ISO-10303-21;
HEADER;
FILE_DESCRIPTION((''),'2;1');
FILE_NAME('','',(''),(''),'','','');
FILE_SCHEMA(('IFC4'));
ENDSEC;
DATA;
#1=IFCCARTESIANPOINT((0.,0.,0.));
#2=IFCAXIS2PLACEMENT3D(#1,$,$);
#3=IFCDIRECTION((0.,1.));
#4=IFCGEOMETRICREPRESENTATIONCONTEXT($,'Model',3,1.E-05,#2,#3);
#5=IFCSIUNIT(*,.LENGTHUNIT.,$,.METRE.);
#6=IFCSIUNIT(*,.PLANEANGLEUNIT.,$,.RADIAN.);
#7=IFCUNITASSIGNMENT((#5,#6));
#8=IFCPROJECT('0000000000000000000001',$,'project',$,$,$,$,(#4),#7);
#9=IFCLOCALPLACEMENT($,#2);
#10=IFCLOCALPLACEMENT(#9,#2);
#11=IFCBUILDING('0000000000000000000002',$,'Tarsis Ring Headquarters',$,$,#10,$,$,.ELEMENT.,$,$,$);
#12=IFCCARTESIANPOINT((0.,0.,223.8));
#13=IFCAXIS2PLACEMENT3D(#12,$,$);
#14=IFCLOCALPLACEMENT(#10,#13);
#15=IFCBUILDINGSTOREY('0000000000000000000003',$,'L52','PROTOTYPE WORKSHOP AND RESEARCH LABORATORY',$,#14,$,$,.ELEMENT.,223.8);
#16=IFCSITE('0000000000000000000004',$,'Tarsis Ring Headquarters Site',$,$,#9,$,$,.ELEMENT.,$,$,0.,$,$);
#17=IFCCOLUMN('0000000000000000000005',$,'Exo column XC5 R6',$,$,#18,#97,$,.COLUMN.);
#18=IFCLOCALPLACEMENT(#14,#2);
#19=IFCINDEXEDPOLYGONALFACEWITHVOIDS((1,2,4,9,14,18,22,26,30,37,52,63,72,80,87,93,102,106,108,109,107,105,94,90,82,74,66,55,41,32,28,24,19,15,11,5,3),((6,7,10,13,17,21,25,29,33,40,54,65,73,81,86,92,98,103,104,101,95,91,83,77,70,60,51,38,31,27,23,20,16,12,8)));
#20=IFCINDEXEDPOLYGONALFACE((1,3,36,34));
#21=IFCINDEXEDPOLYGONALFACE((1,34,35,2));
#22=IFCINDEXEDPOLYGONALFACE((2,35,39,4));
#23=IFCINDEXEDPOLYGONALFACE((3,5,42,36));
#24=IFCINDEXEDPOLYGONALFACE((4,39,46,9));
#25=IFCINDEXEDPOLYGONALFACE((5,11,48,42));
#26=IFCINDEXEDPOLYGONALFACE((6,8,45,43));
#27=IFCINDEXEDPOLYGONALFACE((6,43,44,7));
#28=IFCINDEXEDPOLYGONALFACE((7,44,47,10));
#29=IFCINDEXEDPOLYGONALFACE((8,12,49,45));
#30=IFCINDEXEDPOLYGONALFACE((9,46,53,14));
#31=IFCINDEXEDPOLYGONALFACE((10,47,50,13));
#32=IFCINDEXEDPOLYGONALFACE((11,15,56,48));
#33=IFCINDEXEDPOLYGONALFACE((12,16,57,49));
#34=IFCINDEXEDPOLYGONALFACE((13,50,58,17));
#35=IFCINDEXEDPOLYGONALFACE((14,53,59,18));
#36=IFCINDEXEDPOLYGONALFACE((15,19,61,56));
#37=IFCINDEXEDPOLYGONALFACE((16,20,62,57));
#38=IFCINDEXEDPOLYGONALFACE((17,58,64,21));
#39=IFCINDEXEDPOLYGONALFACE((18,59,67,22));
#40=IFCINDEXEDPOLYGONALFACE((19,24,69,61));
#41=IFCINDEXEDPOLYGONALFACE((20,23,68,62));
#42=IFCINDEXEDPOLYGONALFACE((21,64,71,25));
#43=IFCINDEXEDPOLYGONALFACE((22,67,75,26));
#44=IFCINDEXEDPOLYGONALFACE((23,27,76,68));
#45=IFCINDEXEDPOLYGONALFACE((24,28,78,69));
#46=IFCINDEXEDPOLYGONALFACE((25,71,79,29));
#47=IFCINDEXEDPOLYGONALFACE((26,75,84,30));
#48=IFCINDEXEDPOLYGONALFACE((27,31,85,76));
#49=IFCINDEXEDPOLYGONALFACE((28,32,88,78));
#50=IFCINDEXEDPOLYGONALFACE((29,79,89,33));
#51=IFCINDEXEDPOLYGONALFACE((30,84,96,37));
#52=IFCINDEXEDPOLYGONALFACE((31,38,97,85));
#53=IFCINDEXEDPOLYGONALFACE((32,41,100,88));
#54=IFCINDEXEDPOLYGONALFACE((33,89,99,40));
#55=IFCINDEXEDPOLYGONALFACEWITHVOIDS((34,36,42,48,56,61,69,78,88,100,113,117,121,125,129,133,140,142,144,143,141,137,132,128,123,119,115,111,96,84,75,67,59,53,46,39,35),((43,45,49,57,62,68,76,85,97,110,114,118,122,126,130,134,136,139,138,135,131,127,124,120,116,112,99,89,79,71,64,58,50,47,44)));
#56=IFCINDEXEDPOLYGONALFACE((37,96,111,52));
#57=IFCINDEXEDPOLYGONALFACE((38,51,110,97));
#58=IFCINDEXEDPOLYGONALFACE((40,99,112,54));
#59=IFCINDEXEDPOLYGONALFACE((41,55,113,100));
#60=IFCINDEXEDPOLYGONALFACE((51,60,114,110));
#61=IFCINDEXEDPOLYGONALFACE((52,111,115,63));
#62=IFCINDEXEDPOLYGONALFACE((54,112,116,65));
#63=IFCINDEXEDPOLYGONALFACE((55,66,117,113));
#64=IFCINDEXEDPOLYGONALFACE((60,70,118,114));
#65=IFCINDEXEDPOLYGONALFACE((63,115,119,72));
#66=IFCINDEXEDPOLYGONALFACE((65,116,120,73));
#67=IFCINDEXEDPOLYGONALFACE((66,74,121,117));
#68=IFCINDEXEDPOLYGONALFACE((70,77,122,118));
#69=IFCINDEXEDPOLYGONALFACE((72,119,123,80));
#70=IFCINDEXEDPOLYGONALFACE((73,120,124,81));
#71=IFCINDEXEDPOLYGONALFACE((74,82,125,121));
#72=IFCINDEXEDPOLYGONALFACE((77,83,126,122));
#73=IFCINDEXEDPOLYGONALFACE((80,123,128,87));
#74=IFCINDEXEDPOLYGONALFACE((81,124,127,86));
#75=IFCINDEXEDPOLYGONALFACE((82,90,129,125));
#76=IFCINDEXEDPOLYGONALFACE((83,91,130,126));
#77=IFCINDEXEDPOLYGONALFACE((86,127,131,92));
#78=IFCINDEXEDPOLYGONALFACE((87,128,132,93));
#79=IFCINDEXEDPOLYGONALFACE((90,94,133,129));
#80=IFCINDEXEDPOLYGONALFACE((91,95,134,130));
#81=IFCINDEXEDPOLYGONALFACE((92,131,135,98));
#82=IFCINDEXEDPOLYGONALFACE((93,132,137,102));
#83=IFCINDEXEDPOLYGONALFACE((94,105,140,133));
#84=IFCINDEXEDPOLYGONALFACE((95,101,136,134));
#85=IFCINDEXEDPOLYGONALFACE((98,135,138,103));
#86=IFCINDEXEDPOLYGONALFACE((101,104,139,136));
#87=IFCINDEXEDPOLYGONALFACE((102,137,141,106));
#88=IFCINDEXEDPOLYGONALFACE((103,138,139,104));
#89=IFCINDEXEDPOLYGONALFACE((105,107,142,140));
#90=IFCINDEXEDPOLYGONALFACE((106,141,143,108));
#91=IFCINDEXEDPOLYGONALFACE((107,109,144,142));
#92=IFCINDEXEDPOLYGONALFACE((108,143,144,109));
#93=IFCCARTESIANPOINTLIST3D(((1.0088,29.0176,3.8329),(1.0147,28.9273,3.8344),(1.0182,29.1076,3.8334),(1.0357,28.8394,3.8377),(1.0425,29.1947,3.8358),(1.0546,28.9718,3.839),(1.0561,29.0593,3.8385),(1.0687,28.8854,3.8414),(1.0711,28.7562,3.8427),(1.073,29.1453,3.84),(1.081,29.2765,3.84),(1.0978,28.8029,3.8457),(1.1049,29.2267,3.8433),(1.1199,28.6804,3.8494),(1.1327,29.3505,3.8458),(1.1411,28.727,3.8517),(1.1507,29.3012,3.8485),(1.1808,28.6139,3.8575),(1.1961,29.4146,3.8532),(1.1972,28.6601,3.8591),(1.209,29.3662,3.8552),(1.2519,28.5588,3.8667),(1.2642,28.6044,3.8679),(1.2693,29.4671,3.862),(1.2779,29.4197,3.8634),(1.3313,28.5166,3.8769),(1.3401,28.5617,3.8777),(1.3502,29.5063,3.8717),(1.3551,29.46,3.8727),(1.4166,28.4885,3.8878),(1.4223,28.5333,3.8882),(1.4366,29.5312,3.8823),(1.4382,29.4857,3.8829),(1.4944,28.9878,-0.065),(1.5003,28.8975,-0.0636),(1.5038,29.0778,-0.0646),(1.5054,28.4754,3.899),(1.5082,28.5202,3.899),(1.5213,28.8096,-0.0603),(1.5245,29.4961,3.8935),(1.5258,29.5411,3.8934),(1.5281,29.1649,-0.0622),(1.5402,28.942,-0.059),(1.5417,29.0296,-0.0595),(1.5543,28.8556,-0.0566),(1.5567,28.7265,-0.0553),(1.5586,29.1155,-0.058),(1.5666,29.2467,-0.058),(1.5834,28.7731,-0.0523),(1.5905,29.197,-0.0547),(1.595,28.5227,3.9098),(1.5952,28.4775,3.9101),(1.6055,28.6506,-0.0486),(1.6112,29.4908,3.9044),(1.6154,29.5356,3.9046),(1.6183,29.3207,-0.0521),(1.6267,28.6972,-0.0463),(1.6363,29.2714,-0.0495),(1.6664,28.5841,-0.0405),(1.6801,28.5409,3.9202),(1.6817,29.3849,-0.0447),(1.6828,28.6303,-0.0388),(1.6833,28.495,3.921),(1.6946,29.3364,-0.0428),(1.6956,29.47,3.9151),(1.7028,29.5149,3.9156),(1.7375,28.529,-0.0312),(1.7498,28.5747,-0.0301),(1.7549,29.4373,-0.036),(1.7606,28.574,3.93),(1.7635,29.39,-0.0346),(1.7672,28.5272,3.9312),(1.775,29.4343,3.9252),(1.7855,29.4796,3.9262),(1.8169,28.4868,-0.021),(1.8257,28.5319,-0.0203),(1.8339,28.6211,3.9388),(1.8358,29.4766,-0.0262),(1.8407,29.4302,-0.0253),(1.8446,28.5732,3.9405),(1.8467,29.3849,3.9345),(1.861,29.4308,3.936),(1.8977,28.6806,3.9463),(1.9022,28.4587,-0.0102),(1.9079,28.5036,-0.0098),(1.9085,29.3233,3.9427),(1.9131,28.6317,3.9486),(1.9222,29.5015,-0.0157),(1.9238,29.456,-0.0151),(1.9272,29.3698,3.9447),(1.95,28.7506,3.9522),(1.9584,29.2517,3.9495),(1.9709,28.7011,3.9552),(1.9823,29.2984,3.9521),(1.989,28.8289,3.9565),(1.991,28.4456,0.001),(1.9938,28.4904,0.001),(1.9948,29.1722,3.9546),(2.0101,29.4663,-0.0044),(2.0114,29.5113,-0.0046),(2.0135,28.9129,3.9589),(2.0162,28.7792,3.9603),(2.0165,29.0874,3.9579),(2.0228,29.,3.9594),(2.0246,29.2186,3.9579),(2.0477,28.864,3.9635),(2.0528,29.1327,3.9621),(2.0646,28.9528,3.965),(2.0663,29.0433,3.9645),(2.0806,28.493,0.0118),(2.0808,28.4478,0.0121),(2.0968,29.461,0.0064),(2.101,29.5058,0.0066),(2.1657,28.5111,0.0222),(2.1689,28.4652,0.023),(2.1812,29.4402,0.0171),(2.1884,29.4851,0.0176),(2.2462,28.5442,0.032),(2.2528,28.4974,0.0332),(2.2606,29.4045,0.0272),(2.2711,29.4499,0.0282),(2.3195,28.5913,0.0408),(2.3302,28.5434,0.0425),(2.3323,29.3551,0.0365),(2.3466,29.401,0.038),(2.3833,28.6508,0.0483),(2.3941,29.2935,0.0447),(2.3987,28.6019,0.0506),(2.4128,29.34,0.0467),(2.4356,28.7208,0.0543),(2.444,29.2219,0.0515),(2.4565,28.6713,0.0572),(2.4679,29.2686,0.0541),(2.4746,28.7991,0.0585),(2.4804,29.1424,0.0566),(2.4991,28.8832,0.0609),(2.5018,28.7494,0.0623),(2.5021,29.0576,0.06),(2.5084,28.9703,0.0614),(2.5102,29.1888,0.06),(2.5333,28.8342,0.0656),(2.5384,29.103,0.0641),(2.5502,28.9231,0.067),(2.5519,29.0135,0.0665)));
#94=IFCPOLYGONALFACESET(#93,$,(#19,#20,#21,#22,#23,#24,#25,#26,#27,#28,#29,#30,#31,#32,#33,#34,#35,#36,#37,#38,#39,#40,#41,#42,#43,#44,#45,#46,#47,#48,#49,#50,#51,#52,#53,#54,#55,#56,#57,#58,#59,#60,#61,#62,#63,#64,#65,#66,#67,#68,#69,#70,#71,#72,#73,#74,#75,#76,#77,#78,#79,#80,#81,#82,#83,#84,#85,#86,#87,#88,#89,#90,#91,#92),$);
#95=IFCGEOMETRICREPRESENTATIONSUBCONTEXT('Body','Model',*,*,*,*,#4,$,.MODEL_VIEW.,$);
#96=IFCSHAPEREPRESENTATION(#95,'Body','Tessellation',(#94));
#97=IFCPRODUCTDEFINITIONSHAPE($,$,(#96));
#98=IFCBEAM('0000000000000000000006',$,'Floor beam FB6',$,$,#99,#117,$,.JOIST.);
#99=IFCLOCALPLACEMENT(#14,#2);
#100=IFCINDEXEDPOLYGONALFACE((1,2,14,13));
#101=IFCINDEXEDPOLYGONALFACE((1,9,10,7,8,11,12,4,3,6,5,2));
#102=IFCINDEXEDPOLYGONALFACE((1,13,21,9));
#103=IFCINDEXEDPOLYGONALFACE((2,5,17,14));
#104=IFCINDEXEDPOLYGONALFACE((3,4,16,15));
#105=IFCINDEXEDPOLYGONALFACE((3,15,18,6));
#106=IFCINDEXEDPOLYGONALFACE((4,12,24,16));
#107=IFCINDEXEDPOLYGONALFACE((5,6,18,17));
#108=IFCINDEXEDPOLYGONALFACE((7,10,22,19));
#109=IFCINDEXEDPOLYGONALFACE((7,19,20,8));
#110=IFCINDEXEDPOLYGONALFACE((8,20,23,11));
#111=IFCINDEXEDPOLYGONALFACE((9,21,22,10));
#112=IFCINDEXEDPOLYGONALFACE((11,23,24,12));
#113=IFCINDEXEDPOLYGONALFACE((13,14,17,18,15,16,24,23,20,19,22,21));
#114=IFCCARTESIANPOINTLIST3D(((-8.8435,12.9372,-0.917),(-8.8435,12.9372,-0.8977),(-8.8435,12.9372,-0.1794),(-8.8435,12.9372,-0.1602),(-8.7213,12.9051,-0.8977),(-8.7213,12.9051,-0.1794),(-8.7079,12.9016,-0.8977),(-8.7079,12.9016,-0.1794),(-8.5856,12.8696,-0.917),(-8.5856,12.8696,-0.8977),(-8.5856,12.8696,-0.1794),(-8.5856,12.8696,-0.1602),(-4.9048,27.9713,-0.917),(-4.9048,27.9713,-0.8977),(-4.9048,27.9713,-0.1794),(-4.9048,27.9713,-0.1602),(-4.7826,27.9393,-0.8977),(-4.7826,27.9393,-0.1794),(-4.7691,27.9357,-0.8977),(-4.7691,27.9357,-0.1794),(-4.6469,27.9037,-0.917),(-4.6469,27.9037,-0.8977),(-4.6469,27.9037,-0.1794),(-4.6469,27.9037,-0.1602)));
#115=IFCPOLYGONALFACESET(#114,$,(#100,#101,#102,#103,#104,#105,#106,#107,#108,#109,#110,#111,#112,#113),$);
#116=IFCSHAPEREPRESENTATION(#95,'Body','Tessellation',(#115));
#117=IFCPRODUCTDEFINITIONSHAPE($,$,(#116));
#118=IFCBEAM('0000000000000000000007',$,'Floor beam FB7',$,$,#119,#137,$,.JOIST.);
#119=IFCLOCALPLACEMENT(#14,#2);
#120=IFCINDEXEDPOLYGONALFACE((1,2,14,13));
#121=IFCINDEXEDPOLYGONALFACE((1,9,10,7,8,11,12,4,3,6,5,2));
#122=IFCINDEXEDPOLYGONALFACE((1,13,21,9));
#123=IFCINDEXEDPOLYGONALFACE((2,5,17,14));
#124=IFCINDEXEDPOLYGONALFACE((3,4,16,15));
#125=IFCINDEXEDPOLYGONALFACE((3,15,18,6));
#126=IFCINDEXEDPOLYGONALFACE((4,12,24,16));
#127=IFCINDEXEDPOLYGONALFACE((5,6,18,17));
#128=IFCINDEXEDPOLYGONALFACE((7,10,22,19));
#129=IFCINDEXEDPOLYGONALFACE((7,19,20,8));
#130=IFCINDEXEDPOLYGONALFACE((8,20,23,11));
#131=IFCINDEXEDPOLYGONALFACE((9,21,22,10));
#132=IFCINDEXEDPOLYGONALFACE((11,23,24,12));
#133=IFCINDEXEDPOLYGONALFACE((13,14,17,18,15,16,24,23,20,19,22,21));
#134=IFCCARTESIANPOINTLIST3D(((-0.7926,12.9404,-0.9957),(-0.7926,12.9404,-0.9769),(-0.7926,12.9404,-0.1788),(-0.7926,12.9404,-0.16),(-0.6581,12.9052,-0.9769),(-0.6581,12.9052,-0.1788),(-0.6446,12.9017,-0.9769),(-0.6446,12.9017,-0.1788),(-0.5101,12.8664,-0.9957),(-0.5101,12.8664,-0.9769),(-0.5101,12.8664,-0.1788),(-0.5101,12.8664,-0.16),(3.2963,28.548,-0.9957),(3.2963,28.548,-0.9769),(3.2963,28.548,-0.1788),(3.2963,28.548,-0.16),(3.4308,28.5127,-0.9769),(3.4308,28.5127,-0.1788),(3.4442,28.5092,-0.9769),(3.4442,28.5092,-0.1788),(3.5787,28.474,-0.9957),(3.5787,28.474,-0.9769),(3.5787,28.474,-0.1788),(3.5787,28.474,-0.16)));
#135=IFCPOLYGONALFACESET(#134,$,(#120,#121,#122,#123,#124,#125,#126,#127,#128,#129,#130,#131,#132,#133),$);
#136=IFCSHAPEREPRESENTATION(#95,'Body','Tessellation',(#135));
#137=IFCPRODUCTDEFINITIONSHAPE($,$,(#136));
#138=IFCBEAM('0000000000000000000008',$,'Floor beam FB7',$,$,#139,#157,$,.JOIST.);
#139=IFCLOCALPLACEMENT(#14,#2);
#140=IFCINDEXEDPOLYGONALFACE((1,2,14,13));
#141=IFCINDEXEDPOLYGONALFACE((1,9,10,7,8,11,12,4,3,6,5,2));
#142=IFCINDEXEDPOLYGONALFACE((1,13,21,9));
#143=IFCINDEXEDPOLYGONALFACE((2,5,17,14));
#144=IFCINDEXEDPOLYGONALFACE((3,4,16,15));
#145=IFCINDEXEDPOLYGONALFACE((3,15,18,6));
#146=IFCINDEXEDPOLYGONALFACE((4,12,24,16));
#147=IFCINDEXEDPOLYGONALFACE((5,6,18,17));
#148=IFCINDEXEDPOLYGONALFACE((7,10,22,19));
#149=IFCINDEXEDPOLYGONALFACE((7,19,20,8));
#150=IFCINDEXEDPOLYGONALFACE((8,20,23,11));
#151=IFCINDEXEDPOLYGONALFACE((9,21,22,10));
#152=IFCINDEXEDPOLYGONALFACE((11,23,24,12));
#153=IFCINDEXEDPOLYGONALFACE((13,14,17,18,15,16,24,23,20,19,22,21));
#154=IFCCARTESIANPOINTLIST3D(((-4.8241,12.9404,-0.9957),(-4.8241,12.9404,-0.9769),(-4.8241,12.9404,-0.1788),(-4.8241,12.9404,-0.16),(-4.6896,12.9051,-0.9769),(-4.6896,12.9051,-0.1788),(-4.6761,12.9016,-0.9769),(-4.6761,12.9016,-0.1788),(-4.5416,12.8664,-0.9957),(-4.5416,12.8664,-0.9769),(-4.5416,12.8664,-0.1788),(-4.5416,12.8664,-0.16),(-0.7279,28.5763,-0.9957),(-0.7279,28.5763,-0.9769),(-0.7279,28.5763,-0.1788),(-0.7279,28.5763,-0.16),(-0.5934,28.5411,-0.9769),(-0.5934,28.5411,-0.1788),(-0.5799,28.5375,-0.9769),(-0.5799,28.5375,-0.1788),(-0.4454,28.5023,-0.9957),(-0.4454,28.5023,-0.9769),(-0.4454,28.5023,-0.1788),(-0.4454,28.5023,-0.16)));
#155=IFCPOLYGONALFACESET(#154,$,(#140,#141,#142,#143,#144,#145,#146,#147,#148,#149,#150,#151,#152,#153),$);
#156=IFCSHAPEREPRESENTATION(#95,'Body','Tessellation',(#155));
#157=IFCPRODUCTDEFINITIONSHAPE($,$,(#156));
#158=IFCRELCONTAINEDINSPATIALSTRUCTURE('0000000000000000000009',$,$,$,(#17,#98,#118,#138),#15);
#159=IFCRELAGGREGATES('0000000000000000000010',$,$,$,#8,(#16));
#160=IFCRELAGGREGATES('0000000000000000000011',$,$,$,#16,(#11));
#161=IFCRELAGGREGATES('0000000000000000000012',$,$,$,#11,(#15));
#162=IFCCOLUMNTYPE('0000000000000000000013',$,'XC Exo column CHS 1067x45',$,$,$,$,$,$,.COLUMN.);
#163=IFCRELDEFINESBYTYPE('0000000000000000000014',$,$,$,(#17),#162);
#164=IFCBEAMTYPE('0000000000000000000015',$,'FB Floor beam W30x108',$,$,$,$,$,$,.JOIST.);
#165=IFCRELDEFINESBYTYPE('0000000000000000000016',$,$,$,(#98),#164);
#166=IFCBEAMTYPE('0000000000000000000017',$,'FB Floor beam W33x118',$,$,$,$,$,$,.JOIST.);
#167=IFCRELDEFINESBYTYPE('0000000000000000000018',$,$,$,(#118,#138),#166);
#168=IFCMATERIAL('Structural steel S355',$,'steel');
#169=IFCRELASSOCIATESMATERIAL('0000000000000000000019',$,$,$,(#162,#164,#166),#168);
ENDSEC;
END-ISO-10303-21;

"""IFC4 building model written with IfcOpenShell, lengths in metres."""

from ifc_helpers import new_model, si_unit, direction, frame, origin, origin_2d, place, context, subcontext, project, spatial, hollow_circle, i_section, extrude, material, material_profile, profile_set, type_object, element, save


model = new_model("IFC4")

# Units and contexts
model_context = context("Model", 3, precision=1e-05, world=origin(), true_north=direction((0.0, 1.0)))
body_context = subcontext(model_context, "Body", "Model", "MODEL_VIEW")
ifc_project = project(units=[si_unit("LENGTHUNIT", "METRE"), si_unit("PLANEANGLEUNIT", "RADIAN")], contexts=[model_context])

# Site, building, storey
site_placement = place(None, origin())
site = spatial("IfcSite", under=ifc_project, at=site_placement, Name="Tarsis Ring Headquarters Site", CompositionType="ELEMENT", RefElevation=0.0)
building_placement = place(site_placement, origin())
building = spatial("IfcBuilding", under=site, at=building_placement, Name="Tarsis Ring Headquarters", CompositionType="ELEMENT")
storey_placement = place(building_placement, frame((0.0, 0.0, 223.8)))
storey = spatial("IfcBuildingStorey", under=building, at=storey_placement, Name="L52", Description="PROTOTYPE WORKSHOP AND RESEARCH LABORATORY", CompositionType="ELEMENT", Elevation=223.8)

# Column
ifc_material_1 = material(Name="Structural steel S355", Category="steel")
ifc_material_profile_1 = material_profile(ifc_material_1, hollow_circle(Radius=0.5334, WallThickness=0.0449, at=origin_2d()), Name="CHS 1067x45")
ifc_profile_set_1 = profile_set([ifc_material_profile_1], Name="Structural steel S355")
column_type = type_object("IfcColumnType", Name="XC Exo column CHS 1067x45", PredefinedType="COLUMN", material=ifc_profile_set_1)
column_placement = place(storey_placement, frame((2.0237, 28.978, 0.001), z_axis=(-0.123618, 0.007582, 0.992301), x_axis=(-0.061222, -0.998124, 0.0)))
element("IfcColumn", 1, at=column_placement, inside=storey, type_object=column_type, Name="Exo column XC5 R6", PredefinedType="COLUMN", context=body_context, shape_type="SweptSolid", body=[
    extrude(hollow_circle(Radius=0.5334, WallThickness=0.0449, at=origin_2d()), origin(), (0.0, 0.0, 1.0), 3.9282),
])

# Beams
ifc_material_profile_2 = material_profile(ifc_material_1, i_section(OverallWidth=0.2666, OverallDepth=0.7568, WebThickness=0.0139, FlangeThickness=0.0193, at=origin_2d()), Name="W30x108")
ifc_profile_set_2 = profile_set([ifc_material_profile_2], Name="Structural steel S355")
beam_type_1 = type_object("IfcBeamType", Name="FB Floor beam W30x108", PredefinedType="JOIST", material=ifc_profile_set_2)
beam_1_placement = place(storey_placement, frame((-4.7759, 27.9375, -0.5386), z_axis=(-0.253431, -0.967353, 0.0), x_axis=(0.967353, -0.253431, 0.0)))
element("IfcBeam", 2, at=beam_1_placement, inside=storey, type_object=beam_type_1, Name="Floor beam FB6", PredefinedType="JOIST", context=body_context, shape_type="SweptSolid", body=[
    extrude(i_section(OverallWidth=0.2666, OverallDepth=0.7568, WebThickness=0.0139, FlangeThickness=0.0193, at=origin_2d()), origin(), (0.0, 0.0, 1.0), 15.5415),
])
ifc_material_profile_3 = material_profile(ifc_material_1, i_section(OverallWidth=0.292, OverallDepth=0.8357, WebThickness=0.0139, FlangeThickness=0.0188, at=origin_2d()), Name="W33x118")
ifc_profile_set_3 = profile_set([ifc_material_profile_3], Name="Structural steel S355")
beam_type_2 = type_object("IfcBeamType", Name="FB Floor beam W33x118", PredefinedType="JOIST", material=ifc_profile_set_3)
beam_2_placement = place(storey_placement, frame((3.4375, 28.511, -0.5779), z_axis=(-0.253426, -0.967355, 0.0), x_axis=(0.967355, -0.253426, 0.0)))
element("IfcBeam", 3, at=beam_2_placement, inside=storey, type_object=beam_type_2, Name="Floor beam FB7", PredefinedType="JOIST", context=body_context, shape_type="SweptSolid", body=[
    extrude(i_section(OverallWidth=0.292, OverallDepth=0.8357, WebThickness=0.0139, FlangeThickness=0.0188, at=origin_2d()), origin(), (0.0, 0.0, 1.0), 16.1343),
])
beam_3_placement = place(storey_placement, frame((-0.5867, 28.5393, -0.5779), z_axis=(-0.25342, -0.967356, 0.0), x_axis=(0.967356, -0.25342, 0.0)))
element("IfcBeam", 4, at=beam_3_placement, inside=storey, type_object=beam_type_2, Name="Floor beam FB7", PredefinedType="JOIST", context=body_context, shape_type="SweptSolid", body=[
    extrude(i_section(OverallWidth=0.292, OverallDepth=0.8357, WebThickness=0.0139, FlangeThickness=0.0188, at=origin_2d()), origin(), (0.0, 0.0, 1.0), 16.1636),
])

save(model, "model.ifc")
